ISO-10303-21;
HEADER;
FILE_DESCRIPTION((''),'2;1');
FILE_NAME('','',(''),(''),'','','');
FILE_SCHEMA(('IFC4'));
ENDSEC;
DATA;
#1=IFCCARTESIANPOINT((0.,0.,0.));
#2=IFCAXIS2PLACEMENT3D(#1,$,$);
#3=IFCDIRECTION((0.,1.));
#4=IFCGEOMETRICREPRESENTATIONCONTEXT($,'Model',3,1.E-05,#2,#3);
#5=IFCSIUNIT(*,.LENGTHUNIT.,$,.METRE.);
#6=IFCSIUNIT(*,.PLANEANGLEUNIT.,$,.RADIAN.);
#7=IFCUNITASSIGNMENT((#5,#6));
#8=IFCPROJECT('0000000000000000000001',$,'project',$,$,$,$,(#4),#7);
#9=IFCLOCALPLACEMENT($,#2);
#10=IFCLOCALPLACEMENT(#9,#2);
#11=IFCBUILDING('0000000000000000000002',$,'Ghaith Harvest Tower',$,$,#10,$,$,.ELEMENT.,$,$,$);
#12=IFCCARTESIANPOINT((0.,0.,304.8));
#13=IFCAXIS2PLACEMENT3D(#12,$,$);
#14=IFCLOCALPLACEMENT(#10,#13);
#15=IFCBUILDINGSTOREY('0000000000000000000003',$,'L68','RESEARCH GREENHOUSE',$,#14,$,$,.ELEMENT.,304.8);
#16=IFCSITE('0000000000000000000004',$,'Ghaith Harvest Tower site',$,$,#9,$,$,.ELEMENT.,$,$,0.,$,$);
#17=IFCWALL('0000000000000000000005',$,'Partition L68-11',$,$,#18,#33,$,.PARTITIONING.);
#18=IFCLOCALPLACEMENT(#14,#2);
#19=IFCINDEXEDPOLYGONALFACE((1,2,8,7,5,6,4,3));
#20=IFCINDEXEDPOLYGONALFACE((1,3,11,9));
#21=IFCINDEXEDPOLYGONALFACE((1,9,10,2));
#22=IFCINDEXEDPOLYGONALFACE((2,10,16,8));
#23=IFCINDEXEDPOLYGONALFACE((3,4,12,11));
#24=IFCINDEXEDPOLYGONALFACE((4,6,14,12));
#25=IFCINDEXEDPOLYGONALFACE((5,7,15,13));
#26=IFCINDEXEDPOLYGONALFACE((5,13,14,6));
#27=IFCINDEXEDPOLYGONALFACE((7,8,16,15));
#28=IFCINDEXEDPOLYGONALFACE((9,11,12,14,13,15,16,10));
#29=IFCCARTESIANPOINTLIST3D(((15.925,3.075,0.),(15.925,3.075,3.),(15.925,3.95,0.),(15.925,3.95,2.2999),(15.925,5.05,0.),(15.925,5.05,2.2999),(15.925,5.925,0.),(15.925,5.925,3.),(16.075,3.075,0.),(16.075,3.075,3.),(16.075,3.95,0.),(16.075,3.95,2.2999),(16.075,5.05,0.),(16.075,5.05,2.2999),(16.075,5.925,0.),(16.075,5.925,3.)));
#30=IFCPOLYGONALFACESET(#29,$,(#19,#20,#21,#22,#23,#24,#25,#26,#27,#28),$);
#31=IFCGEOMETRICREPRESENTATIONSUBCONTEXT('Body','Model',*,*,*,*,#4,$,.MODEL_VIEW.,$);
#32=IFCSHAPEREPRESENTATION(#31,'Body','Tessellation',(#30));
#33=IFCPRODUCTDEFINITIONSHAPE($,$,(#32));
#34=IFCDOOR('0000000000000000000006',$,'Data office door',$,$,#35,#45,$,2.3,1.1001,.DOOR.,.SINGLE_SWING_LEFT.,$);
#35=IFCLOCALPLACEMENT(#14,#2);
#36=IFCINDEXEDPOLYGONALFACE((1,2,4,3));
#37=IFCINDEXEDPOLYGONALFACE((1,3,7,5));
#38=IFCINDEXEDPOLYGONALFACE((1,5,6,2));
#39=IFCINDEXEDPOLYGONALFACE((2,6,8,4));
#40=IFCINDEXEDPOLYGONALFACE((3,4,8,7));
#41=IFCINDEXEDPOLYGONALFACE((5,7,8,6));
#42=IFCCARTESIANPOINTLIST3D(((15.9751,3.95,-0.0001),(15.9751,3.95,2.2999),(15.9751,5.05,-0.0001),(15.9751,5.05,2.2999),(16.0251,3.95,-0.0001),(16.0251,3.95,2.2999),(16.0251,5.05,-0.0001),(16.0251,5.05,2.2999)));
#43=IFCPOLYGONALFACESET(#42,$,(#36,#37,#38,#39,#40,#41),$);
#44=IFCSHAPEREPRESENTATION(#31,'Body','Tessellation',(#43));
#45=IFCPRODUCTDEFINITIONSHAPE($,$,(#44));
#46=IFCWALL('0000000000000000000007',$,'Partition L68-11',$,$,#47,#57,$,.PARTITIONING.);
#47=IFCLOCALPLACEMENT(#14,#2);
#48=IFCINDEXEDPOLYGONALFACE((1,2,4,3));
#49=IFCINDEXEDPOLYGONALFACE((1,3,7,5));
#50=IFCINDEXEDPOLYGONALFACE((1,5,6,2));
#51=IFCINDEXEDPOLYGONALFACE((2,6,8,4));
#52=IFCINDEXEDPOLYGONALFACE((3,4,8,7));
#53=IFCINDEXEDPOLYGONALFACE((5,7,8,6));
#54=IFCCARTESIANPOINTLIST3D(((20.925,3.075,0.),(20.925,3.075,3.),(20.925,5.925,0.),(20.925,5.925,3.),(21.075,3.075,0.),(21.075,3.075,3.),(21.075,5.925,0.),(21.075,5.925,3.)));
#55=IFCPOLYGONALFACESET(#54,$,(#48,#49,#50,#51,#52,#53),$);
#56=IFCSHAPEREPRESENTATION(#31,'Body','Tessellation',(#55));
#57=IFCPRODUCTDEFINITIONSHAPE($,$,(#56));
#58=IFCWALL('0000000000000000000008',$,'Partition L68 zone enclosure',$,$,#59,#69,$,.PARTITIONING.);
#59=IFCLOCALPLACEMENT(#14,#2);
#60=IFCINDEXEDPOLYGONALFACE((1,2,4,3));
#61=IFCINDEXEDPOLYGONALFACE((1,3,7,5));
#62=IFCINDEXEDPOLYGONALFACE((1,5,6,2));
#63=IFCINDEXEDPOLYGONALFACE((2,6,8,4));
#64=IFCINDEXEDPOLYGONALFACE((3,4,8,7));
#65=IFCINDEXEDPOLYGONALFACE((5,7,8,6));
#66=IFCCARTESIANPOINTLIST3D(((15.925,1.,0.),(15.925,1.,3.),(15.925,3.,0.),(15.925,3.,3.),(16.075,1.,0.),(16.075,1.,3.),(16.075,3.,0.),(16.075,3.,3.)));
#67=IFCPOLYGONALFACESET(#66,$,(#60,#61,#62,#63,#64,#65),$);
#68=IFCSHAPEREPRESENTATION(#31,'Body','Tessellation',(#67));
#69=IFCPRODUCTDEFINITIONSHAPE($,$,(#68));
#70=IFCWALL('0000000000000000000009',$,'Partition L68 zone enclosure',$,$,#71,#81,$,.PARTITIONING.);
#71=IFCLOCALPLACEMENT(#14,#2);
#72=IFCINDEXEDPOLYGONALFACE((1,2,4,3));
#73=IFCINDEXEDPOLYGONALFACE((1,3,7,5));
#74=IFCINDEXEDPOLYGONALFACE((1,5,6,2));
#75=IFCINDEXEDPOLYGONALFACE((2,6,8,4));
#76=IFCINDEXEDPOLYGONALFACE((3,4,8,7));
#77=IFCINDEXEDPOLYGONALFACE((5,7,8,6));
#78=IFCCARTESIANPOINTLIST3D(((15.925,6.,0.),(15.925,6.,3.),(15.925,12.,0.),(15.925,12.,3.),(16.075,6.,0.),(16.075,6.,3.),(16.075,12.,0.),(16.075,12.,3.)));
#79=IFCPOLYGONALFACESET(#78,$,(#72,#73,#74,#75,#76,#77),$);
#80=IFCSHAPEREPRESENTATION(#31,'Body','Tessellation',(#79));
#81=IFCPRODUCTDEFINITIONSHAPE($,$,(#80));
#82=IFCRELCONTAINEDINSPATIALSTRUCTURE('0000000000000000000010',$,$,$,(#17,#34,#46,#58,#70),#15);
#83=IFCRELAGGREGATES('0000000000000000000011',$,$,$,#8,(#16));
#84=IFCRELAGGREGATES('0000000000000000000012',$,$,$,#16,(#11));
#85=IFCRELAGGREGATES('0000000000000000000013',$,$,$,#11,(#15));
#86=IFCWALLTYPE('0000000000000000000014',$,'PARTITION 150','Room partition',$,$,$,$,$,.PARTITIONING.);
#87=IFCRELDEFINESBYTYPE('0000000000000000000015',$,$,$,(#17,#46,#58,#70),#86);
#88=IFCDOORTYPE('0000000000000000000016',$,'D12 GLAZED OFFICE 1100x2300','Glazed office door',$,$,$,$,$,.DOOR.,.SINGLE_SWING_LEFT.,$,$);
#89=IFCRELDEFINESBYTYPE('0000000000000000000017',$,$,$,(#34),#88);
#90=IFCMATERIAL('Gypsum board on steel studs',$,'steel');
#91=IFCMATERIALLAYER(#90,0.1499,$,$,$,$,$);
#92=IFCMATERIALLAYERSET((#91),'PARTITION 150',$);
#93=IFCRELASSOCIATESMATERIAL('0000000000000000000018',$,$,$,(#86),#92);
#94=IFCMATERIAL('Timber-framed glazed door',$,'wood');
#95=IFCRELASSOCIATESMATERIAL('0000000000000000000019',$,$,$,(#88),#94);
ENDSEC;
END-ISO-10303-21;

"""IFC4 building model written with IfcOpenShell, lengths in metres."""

from ifc_helpers import new_model, si_unit, direction, frame, frame_2d, origin, place, context, subcontext, project, spatial, rectangle, extrude, material, layer, layer_set, type_object, element, fill, save


model = new_model("IFC4")

# Units and contexts
model_context = context("Model", 3, precision=1e-05, world=origin(), true_north=direction((0.0, 1.0)))
body_context = subcontext(model_context, "Body", "Model", "MODEL_VIEW")
ifc_project = project(units=[si_unit("LENGTHUNIT", "METRE"), si_unit("PLANEANGLEUNIT", "RADIAN")], contexts=[model_context])

# Site, building, storey
site_placement = place(None, origin())
site = spatial("IfcSite", under=ifc_project, at=site_placement, Name="Ghaith Harvest Tower site", CompositionType="ELEMENT", RefElevation=0.0)
building_placement = place(site_placement, origin())
building = spatial("IfcBuilding", under=site, at=building_placement, Name="Ghaith Harvest Tower", CompositionType="ELEMENT")
storey_placement = place(building_placement, frame((0.0, 0.0, 304.8)))
storey = spatial("IfcBuildingStorey", under=building, at=storey_placement, Name="L68", Description="RESEARCH GREENHOUSE", CompositionType="ELEMENT", Elevation=304.8)

# Shared definitions
ifc_material_1 = material(Name="Gypsum board on steel studs", Category="steel")
ifc_layer_1 = layer(ifc_material_1, 0.1499)
ifc_layer_set_1 = layer_set([ifc_layer_1], Name="PARTITION 150")
wall_type = type_object("IfcWallType", Name="PARTITION 150", Description="Room partition", PredefinedType="PARTITIONING", material=ifc_layer_set_1)

# Wall, opening, door
wall_1_placement = place(storey_placement, frame((16.0, 3.075, 0.0), z_axis=(0.0, 0.0, 1.0), x_axis=(0.0, 1.0, 0.0)))
wall_1 = element("IfcWall", 1, at=wall_1_placement, inside=storey, type_object=wall_type, Name="Partition L68-11", PredefinedType="PARTITIONING", context=body_context, shape_type="SweptSolid", body=[
    extrude(rectangle(XDim=2.8501, YDim=0.1499, at=frame_2d((1.425, 0.0))), origin(), (0.0, 0.0, 1.0), 3.0),
])
opening_placement = place(wall_1_placement, frame((0.875, 0.0, 0.0)))
opening = element("IfcOpeningElement", 2, at=opening_placement, cuts=wall_1, PredefinedType="OPENING", context=body_context, shape_type="SweptSolid", body=[
    extrude(rectangle(XDim=1.1001, YDim=2.3, at=frame_2d((0.55, 1.1499))), frame((0.0, 0.085, 0.0), z_axis=(0.0, -1.0, 0.0), x_axis=(1.0, 0.0, 0.0)), (0.0, 0.0, 1.0), 0.1699),
])
ifc_material_2 = material(Name="Timber-framed glazed door", Category="wood")
door_type = type_object("IfcDoorType", Name="D12 GLAZED OFFICE 1100x2300", Description="Glazed office door", OperationType="SINGLE_SWING_LEFT", PredefinedType="DOOR", material=ifc_material_2)
door_placement = place(opening_placement, origin())
door = element("IfcDoor", 3, at=door_placement, inside=storey, type_object=door_type, Name="Data office door", OperationType="SINGLE_SWING_LEFT", OverallHeight=2.3, OverallWidth=1.1001, PredefinedType="DOOR", context=body_context, shape_type="SweptSolid", body=[
    extrude(rectangle(XDim=1.1001, YDim=2.3, at=frame_2d((0.55, 1.1499))), frame((0.0, 0.0249, 0.0), z_axis=(0.0, -1.0, 0.0), x_axis=(1.0, 0.0, 0.0)), (0.0, 0.0, 1.0), 0.05),
])
fill(opening, door)

# Walls
wall_2_placement = place(storey_placement, frame((21.0, 3.075, 0.0), z_axis=(0.0, 0.0, 1.0), x_axis=(0.0, 1.0, 0.0)))
element("IfcWall", 4, at=wall_2_placement, inside=storey, type_object=wall_type, Name="Partition L68-11", PredefinedType="PARTITIONING", context=body_context, shape_type="SweptSolid", body=[
    extrude(rectangle(XDim=2.8501, YDim=0.1499, at=frame_2d((1.425, 0.0))), origin(), (0.0, 0.0, 1.0), 3.0),
])
wall_3_placement = place(storey_placement, frame((16.0, 1.0, 0.0), z_axis=(0.0, 0.0, 1.0), x_axis=(0.0, 1.0, 0.0)))
element("IfcWall", 5, at=wall_3_placement, inside=storey, type_object=wall_type, Name="Partition L68 zone enclosure", PredefinedType="PARTITIONING", context=body_context, shape_type="SweptSolid", body=[
    extrude(rectangle(XDim=2.0, YDim=0.1499, at=frame_2d((1.0, 0.0))), origin(), (0.0, 0.0, 1.0), 3.0),
])
wall_4_placement = place(storey_placement, frame((16.0, 6.0, 0.0), z_axis=(0.0, 0.0, 1.0), x_axis=(0.0, 1.0, 0.0)))
element("IfcWall", 6, at=wall_4_placement, inside=storey, type_object=wall_type, Name="Partition L68 zone enclosure", PredefinedType="PARTITIONING", context=body_context, shape_type="SweptSolid", body=[
    extrude(rectangle(XDim=6.0, YDim=0.1499, at=frame_2d((3.0, 0.0))), origin(), (0.0, 0.0, 1.0), 3.0),
])

save(model, "model.ifc")
